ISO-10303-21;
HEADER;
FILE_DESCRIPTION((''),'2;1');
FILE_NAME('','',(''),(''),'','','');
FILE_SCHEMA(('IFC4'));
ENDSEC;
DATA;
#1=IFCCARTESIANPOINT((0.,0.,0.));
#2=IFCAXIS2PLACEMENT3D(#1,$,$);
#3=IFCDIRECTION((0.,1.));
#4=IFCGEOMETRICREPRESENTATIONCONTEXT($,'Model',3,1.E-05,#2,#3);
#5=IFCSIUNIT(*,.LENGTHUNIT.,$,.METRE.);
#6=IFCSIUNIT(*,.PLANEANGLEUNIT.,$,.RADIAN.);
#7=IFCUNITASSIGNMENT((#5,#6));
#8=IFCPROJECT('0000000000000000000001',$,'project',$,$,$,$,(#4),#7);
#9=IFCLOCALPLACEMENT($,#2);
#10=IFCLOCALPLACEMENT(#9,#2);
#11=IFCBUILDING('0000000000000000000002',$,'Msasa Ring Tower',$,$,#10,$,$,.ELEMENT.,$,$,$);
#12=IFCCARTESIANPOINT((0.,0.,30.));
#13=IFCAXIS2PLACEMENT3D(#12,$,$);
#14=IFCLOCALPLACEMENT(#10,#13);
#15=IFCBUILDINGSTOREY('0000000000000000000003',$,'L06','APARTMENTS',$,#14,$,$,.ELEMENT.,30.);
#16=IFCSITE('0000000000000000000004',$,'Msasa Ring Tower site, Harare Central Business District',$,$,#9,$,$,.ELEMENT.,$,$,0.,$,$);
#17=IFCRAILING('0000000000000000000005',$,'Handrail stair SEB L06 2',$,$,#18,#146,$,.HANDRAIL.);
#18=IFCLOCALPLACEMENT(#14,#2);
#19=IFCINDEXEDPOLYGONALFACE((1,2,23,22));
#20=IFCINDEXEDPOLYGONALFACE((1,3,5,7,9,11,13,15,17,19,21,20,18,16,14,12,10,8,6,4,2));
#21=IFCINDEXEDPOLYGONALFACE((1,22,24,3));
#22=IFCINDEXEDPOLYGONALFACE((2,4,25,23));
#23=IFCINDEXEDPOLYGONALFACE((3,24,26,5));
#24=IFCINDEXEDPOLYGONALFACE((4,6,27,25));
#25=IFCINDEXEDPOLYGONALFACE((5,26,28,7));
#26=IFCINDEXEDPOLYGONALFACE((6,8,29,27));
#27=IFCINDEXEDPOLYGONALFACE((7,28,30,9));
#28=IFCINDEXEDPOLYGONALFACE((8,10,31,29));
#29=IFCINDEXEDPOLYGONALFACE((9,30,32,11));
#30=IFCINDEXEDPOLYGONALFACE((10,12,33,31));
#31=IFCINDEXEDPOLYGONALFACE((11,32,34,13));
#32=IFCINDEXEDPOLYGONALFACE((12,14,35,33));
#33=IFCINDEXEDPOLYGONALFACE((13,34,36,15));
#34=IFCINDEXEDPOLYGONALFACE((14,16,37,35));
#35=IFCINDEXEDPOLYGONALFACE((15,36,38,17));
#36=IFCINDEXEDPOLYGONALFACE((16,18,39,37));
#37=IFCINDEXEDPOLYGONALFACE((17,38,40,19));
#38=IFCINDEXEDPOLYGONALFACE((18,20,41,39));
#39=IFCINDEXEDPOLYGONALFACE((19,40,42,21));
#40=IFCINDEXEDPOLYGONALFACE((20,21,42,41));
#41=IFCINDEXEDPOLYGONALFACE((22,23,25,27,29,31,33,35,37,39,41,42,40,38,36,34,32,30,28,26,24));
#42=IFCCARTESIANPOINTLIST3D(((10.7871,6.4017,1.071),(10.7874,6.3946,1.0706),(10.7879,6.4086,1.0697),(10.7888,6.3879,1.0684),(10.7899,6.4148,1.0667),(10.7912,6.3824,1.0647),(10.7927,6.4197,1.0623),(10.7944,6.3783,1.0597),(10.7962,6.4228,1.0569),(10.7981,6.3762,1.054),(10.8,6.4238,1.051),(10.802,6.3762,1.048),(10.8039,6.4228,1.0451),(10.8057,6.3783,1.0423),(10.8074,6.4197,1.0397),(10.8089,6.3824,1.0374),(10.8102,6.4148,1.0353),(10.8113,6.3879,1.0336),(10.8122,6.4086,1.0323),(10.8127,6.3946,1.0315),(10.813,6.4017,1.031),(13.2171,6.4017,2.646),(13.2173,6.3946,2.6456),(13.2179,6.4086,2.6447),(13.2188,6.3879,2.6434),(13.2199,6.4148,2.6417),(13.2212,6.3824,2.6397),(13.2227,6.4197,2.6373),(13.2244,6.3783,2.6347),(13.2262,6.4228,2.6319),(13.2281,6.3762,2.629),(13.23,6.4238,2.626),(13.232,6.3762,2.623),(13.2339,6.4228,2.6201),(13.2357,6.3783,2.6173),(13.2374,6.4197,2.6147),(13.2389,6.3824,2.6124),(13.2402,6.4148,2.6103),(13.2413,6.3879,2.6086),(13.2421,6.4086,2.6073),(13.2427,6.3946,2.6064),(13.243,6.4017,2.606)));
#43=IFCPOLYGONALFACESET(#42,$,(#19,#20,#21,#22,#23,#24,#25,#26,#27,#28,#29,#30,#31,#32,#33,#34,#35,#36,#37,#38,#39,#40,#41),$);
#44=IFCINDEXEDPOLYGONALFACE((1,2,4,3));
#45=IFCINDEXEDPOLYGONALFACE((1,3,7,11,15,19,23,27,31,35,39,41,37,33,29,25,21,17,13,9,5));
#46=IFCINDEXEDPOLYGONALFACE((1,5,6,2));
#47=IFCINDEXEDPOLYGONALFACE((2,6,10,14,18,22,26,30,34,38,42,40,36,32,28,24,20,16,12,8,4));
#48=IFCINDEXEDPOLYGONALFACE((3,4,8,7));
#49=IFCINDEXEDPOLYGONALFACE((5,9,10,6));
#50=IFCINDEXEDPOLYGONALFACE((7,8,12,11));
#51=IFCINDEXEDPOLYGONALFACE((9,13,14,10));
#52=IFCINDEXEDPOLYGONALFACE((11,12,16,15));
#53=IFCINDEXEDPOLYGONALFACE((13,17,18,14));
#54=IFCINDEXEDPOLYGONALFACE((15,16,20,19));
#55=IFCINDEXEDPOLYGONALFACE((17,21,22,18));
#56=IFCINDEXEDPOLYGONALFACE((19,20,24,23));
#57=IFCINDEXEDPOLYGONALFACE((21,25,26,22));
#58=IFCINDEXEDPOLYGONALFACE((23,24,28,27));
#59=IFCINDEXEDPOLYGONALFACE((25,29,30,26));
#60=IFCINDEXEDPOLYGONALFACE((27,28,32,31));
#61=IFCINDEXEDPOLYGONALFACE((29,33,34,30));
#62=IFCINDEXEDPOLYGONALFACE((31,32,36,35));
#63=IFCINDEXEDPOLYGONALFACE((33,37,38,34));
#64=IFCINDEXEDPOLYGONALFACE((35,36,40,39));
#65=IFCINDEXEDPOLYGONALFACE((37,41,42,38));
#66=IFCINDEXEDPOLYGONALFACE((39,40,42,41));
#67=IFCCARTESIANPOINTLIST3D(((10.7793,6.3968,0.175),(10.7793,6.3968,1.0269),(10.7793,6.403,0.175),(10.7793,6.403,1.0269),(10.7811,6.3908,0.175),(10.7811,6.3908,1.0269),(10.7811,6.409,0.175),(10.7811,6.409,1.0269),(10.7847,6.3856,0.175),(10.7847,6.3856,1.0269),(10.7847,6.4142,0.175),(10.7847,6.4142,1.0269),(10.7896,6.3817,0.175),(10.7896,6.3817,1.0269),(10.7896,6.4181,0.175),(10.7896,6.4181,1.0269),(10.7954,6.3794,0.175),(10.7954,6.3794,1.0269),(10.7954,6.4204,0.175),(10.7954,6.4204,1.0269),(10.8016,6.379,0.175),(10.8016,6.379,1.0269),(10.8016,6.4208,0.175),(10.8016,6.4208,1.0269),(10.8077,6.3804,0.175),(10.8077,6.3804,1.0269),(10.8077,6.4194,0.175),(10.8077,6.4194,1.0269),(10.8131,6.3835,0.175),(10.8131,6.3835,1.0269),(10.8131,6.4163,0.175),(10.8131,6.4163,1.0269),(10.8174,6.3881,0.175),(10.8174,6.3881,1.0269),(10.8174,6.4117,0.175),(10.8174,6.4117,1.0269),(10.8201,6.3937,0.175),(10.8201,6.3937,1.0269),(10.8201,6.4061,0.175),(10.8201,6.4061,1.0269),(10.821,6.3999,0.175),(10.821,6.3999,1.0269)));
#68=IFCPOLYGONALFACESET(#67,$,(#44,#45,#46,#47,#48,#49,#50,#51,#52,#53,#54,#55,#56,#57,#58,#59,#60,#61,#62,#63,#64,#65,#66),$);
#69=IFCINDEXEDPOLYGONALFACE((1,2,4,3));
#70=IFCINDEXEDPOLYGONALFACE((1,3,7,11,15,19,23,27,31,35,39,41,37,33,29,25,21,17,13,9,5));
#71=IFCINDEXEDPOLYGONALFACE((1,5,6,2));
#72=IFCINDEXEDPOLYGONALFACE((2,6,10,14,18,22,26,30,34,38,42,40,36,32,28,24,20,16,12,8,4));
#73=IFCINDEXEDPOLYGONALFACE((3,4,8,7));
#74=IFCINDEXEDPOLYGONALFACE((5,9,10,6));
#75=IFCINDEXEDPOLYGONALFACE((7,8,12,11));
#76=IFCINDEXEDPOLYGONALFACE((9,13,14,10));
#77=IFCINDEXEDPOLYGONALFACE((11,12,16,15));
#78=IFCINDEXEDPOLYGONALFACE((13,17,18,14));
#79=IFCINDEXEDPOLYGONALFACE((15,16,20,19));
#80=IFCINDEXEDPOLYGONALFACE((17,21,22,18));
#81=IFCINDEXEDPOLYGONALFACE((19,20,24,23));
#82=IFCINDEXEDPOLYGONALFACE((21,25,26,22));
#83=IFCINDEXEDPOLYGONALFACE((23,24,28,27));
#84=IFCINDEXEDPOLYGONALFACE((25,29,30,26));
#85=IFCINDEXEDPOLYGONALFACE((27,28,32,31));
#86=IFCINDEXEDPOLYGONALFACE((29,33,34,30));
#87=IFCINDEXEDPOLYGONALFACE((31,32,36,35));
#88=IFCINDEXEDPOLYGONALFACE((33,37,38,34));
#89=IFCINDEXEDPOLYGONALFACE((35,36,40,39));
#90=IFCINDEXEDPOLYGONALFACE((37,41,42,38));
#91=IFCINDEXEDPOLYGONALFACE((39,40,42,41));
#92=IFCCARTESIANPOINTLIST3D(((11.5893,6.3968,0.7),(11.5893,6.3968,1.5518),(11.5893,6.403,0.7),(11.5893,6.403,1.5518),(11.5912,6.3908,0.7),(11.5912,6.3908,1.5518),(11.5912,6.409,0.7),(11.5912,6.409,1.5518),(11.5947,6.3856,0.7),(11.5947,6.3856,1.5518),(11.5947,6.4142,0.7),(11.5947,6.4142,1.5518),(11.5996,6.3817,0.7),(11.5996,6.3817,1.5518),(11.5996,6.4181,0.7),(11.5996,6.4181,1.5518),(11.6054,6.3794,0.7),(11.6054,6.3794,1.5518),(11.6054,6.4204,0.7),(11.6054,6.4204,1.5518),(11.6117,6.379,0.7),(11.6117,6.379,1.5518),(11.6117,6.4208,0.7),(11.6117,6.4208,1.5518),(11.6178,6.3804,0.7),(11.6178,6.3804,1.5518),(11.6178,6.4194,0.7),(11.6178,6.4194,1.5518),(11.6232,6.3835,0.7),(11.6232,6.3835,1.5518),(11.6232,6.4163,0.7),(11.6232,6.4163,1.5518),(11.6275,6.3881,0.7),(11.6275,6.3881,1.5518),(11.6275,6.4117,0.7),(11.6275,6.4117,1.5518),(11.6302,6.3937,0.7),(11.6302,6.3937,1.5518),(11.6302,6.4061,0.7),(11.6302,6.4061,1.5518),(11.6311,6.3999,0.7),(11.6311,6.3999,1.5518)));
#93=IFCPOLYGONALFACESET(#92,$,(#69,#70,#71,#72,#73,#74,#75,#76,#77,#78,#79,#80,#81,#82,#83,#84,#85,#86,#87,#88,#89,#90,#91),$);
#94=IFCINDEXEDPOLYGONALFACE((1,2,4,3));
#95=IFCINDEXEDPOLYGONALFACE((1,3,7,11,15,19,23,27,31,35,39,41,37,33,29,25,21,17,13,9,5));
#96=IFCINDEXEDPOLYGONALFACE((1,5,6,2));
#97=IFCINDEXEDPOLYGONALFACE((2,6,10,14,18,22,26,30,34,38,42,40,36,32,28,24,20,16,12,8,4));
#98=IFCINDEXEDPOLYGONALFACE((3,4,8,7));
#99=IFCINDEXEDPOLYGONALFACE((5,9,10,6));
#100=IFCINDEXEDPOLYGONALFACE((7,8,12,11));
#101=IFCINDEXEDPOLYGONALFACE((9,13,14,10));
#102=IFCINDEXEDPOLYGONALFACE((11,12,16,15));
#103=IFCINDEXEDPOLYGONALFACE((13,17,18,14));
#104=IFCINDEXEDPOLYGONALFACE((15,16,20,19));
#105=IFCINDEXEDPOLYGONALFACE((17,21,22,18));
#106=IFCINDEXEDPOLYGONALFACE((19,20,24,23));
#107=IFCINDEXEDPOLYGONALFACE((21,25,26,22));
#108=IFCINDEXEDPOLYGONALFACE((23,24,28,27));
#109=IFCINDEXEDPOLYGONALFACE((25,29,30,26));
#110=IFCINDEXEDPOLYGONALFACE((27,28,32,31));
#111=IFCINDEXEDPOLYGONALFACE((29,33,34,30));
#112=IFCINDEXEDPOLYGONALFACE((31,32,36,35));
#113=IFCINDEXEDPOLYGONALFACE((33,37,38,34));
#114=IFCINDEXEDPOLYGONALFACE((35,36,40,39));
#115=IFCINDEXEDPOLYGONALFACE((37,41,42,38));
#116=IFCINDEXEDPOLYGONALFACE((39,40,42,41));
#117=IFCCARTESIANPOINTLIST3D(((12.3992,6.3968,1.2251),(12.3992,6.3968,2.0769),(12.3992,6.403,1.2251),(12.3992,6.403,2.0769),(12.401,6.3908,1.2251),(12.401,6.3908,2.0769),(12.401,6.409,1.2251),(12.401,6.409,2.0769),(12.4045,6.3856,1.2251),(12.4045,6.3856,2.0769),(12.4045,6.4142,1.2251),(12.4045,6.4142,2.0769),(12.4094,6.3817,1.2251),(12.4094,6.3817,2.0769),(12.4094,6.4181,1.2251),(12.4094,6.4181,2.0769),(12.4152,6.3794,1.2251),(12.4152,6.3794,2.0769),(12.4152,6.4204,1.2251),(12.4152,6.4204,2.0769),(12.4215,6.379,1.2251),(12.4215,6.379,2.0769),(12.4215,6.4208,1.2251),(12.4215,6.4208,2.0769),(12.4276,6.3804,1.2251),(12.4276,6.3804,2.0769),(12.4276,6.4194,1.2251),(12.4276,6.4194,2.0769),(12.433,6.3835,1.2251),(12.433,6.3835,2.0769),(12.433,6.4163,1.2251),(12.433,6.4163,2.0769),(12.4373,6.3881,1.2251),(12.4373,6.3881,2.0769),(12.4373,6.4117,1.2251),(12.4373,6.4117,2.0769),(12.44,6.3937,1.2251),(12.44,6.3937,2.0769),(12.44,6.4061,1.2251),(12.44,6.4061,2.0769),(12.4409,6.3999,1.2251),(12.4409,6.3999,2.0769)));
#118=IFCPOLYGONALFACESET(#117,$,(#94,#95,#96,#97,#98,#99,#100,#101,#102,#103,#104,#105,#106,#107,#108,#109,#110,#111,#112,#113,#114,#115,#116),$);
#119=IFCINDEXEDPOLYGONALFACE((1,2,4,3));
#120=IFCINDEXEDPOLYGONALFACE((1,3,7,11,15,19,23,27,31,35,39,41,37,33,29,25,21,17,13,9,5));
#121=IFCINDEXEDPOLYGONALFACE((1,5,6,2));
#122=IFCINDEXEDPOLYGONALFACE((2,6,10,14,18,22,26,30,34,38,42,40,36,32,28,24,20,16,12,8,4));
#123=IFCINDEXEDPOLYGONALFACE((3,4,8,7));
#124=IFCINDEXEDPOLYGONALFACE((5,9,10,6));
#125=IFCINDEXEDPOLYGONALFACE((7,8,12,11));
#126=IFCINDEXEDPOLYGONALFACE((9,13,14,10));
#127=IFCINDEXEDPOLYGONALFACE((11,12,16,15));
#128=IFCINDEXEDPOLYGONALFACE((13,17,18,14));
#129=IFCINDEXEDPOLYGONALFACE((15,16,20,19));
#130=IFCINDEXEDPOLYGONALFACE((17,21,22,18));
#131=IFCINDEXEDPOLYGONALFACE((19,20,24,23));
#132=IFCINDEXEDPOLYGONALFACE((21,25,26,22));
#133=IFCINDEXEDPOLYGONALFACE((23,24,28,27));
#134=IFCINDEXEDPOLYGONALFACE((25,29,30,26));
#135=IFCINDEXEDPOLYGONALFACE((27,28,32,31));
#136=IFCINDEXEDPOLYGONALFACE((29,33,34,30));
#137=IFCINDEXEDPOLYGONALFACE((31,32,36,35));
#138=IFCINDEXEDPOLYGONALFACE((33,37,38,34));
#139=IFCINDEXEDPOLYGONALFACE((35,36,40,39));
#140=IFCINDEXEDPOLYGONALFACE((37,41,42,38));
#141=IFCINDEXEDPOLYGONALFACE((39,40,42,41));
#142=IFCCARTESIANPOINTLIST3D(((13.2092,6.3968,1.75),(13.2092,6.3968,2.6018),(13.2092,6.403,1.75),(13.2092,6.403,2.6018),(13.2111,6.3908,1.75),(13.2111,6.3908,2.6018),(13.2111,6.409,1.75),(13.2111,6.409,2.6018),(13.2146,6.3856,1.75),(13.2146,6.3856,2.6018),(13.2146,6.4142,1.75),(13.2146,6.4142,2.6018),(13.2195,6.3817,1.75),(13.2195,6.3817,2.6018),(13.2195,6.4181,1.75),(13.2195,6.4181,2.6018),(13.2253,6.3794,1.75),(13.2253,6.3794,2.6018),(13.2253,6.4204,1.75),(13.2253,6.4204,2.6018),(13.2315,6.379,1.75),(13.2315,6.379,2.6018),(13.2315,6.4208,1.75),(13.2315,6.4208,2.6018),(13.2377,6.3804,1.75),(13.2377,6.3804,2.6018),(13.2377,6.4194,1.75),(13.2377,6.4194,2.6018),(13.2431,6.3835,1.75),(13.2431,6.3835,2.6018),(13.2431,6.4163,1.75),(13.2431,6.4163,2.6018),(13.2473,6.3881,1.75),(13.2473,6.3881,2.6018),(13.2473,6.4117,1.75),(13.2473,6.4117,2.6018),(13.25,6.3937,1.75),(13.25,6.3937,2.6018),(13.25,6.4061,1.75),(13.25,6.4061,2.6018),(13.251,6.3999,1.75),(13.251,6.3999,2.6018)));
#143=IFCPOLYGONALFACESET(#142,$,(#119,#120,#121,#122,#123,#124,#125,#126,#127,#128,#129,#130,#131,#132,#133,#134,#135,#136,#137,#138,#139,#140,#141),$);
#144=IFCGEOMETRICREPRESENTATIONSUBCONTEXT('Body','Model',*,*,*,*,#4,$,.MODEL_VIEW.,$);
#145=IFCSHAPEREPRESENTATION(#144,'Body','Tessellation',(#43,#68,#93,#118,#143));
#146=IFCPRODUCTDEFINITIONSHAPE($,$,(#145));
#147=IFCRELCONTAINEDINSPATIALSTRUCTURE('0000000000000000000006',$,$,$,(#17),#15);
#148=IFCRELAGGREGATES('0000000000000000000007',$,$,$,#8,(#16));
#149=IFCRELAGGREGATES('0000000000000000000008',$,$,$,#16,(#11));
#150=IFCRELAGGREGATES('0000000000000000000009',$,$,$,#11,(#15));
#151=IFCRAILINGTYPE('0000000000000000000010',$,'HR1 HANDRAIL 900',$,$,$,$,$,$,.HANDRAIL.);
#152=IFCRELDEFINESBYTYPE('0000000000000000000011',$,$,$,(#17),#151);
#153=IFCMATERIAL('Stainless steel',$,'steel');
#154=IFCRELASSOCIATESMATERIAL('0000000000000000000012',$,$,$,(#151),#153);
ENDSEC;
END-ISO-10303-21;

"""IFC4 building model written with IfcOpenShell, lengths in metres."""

from ifc_helpers import new_model, si_unit, direction, frame, origin, origin_2d, place, context, subcontext, project, spatial, circle, extrude, material, type_object, element, save


model = new_model("IFC4")

# Units and contexts
model_context = context("Model", 3, precision=1e-05, world=origin(), true_north=direction((0.0, 1.0)))
body_context = subcontext(model_context, "Body", "Model", "MODEL_VIEW")
ifc_project = project(units=[si_unit("LENGTHUNIT", "METRE"), si_unit("PLANEANGLEUNIT", "RADIAN")], contexts=[model_context])

# Site, building, storey
site_placement = place(None, origin())
site = spatial("IfcSite", under=ifc_project, at=site_placement, Name="Msasa Ring Tower site, Harare Central Business District", CompositionType="ELEMENT", RefElevation=0.0)
building_placement = place(site_placement, origin())
building = spatial("IfcBuilding", under=site, at=building_placement, Name="Msasa Ring Tower", CompositionType="ELEMENT")
storey_placement = place(building_placement, frame((0.0, 0.0, 30.0)))
storey = spatial("IfcBuildingStorey", under=building, at=storey_placement, Name="L06", Description="APARTMENTS", CompositionType="ELEMENT", Elevation=30.0)

# Railing
ifc_material_1 = material(Name="Stainless steel", Category="steel")
railing_type = type_object("IfcRailingType", Name="HR1 HANDRAIL 900", PredefinedType="HANDRAIL", material=ifc_material_1)
for number, where, name in (
    (1, (10.8, 6.3999, 0.175), "Handrail stair SEB L06 2"),
):
    element("IfcRailing", number, at=place(storey_placement, frame(where)), inside=storey, type_object=railing_type, Name=name, PredefinedType="HANDRAIL", context=body_context, shape_type="SweptSolid", body=[
        extrude(circle(Radius=0.0239, at=origin_2d()), frame((0.0, 0.0, 0.876), z_axis=(0.839154, 0.0, 0.543894), x_axis=(0.0, 1.0, 0.0)), (0.0, 0.0, 1.0), 2.8958),
        extrude(circle(Radius=0.021, at=origin_2d()), origin(), (0.0, 0.0, 1.0), 0.8518),
        extrude(circle(Radius=0.021, at=origin_2d()), frame((0.8101, 0.0, 0.5249)), (0.0, 0.0, 1.0), 0.8518),
        extrude(circle(Radius=0.021, at=origin_2d()), frame((1.6199, 0.0, 1.05)), (0.0, 0.0, 1.0), 0.8518),
        extrude(circle(Radius=0.021, at=origin_2d()), frame((2.4299, 0.0, 1.575)), (0.0, 0.0, 1.0), 0.8518),
    ])

save(model, "model.ifc")
